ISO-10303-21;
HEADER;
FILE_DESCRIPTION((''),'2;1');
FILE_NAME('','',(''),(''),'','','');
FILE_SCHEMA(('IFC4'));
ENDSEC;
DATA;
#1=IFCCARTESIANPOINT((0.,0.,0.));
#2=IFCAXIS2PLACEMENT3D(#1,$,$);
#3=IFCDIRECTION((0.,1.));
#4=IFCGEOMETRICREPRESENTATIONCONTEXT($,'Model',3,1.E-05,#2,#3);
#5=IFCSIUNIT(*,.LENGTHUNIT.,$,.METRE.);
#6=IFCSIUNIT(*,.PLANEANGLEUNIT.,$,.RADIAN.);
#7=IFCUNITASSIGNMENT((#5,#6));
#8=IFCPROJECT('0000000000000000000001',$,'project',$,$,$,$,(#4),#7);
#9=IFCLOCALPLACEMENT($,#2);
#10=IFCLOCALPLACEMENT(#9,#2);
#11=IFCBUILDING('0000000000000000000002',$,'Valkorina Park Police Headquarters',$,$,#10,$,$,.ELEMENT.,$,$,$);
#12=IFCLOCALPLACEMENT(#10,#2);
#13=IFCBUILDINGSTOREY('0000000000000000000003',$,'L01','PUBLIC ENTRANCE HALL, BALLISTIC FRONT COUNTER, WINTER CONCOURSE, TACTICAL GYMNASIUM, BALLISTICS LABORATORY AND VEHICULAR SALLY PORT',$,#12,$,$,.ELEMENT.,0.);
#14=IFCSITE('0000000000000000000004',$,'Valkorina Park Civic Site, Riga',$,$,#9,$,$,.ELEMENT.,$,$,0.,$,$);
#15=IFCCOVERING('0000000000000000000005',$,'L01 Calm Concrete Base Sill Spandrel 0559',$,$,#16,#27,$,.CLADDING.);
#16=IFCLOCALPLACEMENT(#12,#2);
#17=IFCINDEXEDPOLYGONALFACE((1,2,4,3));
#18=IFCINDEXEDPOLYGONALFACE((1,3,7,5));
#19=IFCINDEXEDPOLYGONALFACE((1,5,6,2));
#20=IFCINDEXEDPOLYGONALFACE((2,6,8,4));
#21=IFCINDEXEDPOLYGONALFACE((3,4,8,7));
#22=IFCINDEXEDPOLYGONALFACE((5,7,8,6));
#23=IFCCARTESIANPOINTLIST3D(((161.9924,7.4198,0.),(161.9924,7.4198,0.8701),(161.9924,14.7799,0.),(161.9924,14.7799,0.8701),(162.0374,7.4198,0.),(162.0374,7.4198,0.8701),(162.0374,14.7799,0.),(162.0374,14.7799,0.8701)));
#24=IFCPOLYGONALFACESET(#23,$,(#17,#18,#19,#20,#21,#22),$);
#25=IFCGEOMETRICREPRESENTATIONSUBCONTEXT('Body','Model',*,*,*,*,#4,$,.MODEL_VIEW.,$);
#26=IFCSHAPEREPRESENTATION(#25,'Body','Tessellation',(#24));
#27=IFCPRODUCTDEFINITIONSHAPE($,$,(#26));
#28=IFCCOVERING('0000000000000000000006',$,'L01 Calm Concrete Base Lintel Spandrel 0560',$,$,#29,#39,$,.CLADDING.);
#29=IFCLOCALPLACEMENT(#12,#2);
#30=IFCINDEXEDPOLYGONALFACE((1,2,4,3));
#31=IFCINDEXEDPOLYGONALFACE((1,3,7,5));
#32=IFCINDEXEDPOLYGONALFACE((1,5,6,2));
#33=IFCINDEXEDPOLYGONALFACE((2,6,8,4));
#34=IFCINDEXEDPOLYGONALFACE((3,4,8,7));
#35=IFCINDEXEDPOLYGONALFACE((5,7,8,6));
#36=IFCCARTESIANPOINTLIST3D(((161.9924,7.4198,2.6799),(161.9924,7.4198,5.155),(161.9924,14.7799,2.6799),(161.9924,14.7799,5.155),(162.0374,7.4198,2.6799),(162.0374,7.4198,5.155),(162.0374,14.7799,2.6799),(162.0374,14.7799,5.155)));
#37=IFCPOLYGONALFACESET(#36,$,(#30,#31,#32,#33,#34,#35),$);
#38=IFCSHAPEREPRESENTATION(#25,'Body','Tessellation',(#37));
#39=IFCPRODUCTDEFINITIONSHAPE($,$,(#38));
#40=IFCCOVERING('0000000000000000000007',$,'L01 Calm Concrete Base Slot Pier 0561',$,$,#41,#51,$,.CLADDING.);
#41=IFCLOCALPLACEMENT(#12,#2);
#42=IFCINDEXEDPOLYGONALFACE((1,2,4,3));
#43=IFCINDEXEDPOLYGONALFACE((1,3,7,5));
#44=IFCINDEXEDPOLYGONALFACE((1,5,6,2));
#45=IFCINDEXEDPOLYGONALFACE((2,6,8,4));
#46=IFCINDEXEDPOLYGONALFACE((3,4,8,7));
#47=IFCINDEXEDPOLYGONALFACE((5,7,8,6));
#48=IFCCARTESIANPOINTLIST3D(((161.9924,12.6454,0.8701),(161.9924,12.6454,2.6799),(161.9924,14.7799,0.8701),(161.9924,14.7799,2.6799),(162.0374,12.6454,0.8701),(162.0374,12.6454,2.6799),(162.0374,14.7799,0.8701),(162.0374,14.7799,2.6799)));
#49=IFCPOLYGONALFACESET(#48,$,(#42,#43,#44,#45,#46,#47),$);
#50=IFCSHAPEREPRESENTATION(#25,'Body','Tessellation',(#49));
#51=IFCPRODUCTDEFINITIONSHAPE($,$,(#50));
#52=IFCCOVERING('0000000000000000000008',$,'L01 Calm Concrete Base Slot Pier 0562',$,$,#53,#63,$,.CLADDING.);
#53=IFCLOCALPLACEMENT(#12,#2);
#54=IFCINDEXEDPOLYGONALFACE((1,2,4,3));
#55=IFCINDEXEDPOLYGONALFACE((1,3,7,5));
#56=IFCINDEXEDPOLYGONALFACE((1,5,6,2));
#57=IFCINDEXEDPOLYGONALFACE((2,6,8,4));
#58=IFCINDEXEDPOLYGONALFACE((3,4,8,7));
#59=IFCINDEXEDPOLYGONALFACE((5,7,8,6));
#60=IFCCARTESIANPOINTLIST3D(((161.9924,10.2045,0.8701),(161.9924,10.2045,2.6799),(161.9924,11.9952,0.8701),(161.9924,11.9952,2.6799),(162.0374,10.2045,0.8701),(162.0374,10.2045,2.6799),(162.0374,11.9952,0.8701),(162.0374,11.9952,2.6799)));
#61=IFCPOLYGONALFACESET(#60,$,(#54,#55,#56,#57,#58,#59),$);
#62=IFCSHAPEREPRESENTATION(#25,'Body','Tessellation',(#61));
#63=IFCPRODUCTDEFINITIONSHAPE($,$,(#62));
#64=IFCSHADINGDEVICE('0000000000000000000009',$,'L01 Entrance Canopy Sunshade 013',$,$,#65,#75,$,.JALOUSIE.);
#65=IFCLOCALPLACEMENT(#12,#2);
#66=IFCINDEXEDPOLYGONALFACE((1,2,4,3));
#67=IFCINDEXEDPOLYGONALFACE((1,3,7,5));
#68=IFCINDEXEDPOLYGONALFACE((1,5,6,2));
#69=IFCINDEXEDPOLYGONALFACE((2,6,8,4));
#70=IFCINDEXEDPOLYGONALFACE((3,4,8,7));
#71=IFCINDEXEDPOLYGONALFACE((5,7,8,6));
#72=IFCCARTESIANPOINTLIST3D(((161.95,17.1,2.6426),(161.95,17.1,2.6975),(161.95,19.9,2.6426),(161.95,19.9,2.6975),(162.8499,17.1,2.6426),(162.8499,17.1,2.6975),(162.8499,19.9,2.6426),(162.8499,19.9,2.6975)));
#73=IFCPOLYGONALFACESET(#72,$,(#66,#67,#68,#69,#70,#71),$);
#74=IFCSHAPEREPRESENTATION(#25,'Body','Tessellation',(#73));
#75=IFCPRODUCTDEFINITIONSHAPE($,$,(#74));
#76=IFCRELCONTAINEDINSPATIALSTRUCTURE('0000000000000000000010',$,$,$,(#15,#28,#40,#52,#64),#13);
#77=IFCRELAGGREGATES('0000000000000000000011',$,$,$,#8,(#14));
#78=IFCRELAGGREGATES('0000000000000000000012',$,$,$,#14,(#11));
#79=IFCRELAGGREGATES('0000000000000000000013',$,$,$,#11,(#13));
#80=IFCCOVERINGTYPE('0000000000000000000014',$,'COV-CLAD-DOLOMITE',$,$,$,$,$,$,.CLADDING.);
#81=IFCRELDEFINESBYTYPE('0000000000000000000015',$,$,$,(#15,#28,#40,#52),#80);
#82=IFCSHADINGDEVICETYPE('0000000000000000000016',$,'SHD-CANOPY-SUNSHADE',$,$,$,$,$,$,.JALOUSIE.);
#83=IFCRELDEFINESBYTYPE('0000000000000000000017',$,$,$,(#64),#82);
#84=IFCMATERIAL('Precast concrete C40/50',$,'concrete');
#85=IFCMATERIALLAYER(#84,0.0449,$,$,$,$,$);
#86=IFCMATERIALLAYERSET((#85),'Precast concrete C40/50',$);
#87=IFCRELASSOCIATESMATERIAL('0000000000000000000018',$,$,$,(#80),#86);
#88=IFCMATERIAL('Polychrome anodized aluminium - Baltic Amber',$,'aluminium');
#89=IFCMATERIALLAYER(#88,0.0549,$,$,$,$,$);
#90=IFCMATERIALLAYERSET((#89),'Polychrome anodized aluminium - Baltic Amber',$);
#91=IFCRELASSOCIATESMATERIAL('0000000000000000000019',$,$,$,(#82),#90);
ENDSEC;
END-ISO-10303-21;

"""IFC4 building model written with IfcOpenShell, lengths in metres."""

from ifc_helpers import new_model, si_unit, direction, frame, frame_2d, origin, origin_2d, place, context, subcontext, project, spatial, rectangle, extrude, material, layer, layer_set, type_object, element, save


model = new_model("IFC4")

# Units and contexts
model_context = context("Model", 3, precision=1e-05, world=origin(), true_north=direction((0.0, 1.0)))
body_context = subcontext(model_context, "Body", "Model", "MODEL_VIEW")
ifc_project = project(units=[si_unit("LENGTHUNIT", "METRE"), si_unit("PLANEANGLEUNIT", "RADIAN")], contexts=[model_context])

# Site, building, storey
site_placement = place(None, origin())
site = spatial("IfcSite", under=ifc_project, at=site_placement, Name="Valkorina Park Civic Site, Riga", CompositionType="ELEMENT", RefElevation=0.0)
building_placement = place(site_placement, origin())
building = spatial("IfcBuilding", under=site, at=building_placement, Name="Valkorina Park Police Headquarters", CompositionType="ELEMENT")
storey_placement = place(building_placement, origin())
storey = spatial("IfcBuildingStorey", under=building, at=storey_placement, Name="L01", Description="PUBLIC ENTRANCE HALL, BALLISTIC FRONT COUNTER, WINTER CONCOURSE, TACTICAL GYMNASIUM, BALLISTICS LABORATORY AND VEHICULAR SALLY PORT", CompositionType="ELEMENT", Elevation=0.0)

# Shared definitions
ifc_material_1 = material(Name="Precast concrete C40/50", Category="concrete")

# Coverings
ifc_layer_1 = layer(ifc_material_1, 0.0449)
ifc_layer_set_1 = layer_set([ifc_layer_1], Name="Precast concrete C40/50")
covering_type = type_object("IfcCoveringType", Name="COV-CLAD-DOLOMITE", PredefinedType="CLADDING", material=ifc_layer_set_1)
covering_1_placement = place(storey_placement, frame((162.0149, 14.78, 0.0), z_axis=(0.0, 0.0, 1.0), x_axis=(0.0, -1.0, 0.0)))
element("IfcCovering", 1, at=covering_1_placement, inside=storey, type_object=covering_type, Name="L01 Calm Concrete Base Sill Spandrel 0559", PredefinedType="CLADDING", context=body_context, shape_type="SweptSolid", body=[
    extrude(rectangle(XDim=7.3601, YDim=0.0449, at=frame_2d((3.6802, 0.0))), origin(), (0.0, 0.0, 1.0), 0.8701),
])
covering_2_placement = place(storey_placement, frame((162.0149, 14.78, 2.6799), z_axis=(0.0, 0.0, 1.0), x_axis=(0.0, -1.0, 0.0)))
element("IfcCovering", 2, at=covering_2_placement, inside=storey, type_object=covering_type, Name="L01 Calm Concrete Base Lintel Spandrel 0560", PredefinedType="CLADDING", context=body_context, shape_type="SweptSolid", body=[
    extrude(rectangle(XDim=7.3601, YDim=0.0449, at=frame_2d((3.6802, 0.0))), origin(), (0.0, 0.0, 1.0), 2.4751),
])
covering_3_placement = place(storey_placement, frame((162.0149, 14.78, 0.8701), z_axis=(0.0, 0.0, 1.0), x_axis=(0.0, -1.0, 0.0)))
element("IfcCovering", 3, at=covering_3_placement, inside=storey, type_object=covering_type, Name="L01 Calm Concrete Base Slot Pier 0561", PredefinedType="CLADDING", context=body_context, shape_type="SweptSolid", body=[
    extrude(rectangle(XDim=2.1345, YDim=0.0449, at=frame_2d((1.0674, 0.0))), origin(), (0.0, 0.0, 1.0), 1.8098),
])
covering_4_placement = place(storey_placement, frame((162.0149, 11.9954, 0.8701), z_axis=(0.0, 0.0, 1.0), x_axis=(0.0, -1.0, 0.0)))
element("IfcCovering", 4, at=covering_4_placement, inside=storey, type_object=covering_type, Name="L01 Calm Concrete Base Slot Pier 0562", PredefinedType="CLADDING", context=body_context, shape_type="SweptSolid", body=[
    extrude(rectangle(XDim=1.7908, YDim=0.0449, at=frame_2d((0.8955, 0.0))), origin(), (0.0, 0.0, 1.0), 1.8098),
])

# Shading device
ifc_material_2 = material(Name="Polychrome anodized aluminium - Baltic Amber", Category="aluminium")
ifc_layer_2 = layer(ifc_material_2, 0.0549)
ifc_layer_set_2 = layer_set([ifc_layer_2], Name="Polychrome anodized aluminium - Baltic Amber")
shading_device_type = type_object("IfcShadingDeviceType", Name="SHD-CANOPY-SUNSHADE", PredefinedType="JALOUSIE", material=ifc_layer_set_2)
shading_device_placement = place(storey_placement, frame((162.3999, 18.5, 2.6426), z_axis=(0.0, 0.0, 1.0), x_axis=(0.0, -1.0, 0.0)))
element("IfcShadingDevice", 5, at=shading_device_placement, inside=storey, type_object=shading_device_type, Name="L01 Entrance Canopy Sunshade 013", PredefinedType="JALOUSIE", context=body_context, shape_type="SweptSolid", body=[
    extrude(rectangle(XDim=2.8, YDim=0.8999, at=origin_2d()), origin(), (0.0, 0.0, 1.0), 0.0549),
])

save(model, "model.ifc")
